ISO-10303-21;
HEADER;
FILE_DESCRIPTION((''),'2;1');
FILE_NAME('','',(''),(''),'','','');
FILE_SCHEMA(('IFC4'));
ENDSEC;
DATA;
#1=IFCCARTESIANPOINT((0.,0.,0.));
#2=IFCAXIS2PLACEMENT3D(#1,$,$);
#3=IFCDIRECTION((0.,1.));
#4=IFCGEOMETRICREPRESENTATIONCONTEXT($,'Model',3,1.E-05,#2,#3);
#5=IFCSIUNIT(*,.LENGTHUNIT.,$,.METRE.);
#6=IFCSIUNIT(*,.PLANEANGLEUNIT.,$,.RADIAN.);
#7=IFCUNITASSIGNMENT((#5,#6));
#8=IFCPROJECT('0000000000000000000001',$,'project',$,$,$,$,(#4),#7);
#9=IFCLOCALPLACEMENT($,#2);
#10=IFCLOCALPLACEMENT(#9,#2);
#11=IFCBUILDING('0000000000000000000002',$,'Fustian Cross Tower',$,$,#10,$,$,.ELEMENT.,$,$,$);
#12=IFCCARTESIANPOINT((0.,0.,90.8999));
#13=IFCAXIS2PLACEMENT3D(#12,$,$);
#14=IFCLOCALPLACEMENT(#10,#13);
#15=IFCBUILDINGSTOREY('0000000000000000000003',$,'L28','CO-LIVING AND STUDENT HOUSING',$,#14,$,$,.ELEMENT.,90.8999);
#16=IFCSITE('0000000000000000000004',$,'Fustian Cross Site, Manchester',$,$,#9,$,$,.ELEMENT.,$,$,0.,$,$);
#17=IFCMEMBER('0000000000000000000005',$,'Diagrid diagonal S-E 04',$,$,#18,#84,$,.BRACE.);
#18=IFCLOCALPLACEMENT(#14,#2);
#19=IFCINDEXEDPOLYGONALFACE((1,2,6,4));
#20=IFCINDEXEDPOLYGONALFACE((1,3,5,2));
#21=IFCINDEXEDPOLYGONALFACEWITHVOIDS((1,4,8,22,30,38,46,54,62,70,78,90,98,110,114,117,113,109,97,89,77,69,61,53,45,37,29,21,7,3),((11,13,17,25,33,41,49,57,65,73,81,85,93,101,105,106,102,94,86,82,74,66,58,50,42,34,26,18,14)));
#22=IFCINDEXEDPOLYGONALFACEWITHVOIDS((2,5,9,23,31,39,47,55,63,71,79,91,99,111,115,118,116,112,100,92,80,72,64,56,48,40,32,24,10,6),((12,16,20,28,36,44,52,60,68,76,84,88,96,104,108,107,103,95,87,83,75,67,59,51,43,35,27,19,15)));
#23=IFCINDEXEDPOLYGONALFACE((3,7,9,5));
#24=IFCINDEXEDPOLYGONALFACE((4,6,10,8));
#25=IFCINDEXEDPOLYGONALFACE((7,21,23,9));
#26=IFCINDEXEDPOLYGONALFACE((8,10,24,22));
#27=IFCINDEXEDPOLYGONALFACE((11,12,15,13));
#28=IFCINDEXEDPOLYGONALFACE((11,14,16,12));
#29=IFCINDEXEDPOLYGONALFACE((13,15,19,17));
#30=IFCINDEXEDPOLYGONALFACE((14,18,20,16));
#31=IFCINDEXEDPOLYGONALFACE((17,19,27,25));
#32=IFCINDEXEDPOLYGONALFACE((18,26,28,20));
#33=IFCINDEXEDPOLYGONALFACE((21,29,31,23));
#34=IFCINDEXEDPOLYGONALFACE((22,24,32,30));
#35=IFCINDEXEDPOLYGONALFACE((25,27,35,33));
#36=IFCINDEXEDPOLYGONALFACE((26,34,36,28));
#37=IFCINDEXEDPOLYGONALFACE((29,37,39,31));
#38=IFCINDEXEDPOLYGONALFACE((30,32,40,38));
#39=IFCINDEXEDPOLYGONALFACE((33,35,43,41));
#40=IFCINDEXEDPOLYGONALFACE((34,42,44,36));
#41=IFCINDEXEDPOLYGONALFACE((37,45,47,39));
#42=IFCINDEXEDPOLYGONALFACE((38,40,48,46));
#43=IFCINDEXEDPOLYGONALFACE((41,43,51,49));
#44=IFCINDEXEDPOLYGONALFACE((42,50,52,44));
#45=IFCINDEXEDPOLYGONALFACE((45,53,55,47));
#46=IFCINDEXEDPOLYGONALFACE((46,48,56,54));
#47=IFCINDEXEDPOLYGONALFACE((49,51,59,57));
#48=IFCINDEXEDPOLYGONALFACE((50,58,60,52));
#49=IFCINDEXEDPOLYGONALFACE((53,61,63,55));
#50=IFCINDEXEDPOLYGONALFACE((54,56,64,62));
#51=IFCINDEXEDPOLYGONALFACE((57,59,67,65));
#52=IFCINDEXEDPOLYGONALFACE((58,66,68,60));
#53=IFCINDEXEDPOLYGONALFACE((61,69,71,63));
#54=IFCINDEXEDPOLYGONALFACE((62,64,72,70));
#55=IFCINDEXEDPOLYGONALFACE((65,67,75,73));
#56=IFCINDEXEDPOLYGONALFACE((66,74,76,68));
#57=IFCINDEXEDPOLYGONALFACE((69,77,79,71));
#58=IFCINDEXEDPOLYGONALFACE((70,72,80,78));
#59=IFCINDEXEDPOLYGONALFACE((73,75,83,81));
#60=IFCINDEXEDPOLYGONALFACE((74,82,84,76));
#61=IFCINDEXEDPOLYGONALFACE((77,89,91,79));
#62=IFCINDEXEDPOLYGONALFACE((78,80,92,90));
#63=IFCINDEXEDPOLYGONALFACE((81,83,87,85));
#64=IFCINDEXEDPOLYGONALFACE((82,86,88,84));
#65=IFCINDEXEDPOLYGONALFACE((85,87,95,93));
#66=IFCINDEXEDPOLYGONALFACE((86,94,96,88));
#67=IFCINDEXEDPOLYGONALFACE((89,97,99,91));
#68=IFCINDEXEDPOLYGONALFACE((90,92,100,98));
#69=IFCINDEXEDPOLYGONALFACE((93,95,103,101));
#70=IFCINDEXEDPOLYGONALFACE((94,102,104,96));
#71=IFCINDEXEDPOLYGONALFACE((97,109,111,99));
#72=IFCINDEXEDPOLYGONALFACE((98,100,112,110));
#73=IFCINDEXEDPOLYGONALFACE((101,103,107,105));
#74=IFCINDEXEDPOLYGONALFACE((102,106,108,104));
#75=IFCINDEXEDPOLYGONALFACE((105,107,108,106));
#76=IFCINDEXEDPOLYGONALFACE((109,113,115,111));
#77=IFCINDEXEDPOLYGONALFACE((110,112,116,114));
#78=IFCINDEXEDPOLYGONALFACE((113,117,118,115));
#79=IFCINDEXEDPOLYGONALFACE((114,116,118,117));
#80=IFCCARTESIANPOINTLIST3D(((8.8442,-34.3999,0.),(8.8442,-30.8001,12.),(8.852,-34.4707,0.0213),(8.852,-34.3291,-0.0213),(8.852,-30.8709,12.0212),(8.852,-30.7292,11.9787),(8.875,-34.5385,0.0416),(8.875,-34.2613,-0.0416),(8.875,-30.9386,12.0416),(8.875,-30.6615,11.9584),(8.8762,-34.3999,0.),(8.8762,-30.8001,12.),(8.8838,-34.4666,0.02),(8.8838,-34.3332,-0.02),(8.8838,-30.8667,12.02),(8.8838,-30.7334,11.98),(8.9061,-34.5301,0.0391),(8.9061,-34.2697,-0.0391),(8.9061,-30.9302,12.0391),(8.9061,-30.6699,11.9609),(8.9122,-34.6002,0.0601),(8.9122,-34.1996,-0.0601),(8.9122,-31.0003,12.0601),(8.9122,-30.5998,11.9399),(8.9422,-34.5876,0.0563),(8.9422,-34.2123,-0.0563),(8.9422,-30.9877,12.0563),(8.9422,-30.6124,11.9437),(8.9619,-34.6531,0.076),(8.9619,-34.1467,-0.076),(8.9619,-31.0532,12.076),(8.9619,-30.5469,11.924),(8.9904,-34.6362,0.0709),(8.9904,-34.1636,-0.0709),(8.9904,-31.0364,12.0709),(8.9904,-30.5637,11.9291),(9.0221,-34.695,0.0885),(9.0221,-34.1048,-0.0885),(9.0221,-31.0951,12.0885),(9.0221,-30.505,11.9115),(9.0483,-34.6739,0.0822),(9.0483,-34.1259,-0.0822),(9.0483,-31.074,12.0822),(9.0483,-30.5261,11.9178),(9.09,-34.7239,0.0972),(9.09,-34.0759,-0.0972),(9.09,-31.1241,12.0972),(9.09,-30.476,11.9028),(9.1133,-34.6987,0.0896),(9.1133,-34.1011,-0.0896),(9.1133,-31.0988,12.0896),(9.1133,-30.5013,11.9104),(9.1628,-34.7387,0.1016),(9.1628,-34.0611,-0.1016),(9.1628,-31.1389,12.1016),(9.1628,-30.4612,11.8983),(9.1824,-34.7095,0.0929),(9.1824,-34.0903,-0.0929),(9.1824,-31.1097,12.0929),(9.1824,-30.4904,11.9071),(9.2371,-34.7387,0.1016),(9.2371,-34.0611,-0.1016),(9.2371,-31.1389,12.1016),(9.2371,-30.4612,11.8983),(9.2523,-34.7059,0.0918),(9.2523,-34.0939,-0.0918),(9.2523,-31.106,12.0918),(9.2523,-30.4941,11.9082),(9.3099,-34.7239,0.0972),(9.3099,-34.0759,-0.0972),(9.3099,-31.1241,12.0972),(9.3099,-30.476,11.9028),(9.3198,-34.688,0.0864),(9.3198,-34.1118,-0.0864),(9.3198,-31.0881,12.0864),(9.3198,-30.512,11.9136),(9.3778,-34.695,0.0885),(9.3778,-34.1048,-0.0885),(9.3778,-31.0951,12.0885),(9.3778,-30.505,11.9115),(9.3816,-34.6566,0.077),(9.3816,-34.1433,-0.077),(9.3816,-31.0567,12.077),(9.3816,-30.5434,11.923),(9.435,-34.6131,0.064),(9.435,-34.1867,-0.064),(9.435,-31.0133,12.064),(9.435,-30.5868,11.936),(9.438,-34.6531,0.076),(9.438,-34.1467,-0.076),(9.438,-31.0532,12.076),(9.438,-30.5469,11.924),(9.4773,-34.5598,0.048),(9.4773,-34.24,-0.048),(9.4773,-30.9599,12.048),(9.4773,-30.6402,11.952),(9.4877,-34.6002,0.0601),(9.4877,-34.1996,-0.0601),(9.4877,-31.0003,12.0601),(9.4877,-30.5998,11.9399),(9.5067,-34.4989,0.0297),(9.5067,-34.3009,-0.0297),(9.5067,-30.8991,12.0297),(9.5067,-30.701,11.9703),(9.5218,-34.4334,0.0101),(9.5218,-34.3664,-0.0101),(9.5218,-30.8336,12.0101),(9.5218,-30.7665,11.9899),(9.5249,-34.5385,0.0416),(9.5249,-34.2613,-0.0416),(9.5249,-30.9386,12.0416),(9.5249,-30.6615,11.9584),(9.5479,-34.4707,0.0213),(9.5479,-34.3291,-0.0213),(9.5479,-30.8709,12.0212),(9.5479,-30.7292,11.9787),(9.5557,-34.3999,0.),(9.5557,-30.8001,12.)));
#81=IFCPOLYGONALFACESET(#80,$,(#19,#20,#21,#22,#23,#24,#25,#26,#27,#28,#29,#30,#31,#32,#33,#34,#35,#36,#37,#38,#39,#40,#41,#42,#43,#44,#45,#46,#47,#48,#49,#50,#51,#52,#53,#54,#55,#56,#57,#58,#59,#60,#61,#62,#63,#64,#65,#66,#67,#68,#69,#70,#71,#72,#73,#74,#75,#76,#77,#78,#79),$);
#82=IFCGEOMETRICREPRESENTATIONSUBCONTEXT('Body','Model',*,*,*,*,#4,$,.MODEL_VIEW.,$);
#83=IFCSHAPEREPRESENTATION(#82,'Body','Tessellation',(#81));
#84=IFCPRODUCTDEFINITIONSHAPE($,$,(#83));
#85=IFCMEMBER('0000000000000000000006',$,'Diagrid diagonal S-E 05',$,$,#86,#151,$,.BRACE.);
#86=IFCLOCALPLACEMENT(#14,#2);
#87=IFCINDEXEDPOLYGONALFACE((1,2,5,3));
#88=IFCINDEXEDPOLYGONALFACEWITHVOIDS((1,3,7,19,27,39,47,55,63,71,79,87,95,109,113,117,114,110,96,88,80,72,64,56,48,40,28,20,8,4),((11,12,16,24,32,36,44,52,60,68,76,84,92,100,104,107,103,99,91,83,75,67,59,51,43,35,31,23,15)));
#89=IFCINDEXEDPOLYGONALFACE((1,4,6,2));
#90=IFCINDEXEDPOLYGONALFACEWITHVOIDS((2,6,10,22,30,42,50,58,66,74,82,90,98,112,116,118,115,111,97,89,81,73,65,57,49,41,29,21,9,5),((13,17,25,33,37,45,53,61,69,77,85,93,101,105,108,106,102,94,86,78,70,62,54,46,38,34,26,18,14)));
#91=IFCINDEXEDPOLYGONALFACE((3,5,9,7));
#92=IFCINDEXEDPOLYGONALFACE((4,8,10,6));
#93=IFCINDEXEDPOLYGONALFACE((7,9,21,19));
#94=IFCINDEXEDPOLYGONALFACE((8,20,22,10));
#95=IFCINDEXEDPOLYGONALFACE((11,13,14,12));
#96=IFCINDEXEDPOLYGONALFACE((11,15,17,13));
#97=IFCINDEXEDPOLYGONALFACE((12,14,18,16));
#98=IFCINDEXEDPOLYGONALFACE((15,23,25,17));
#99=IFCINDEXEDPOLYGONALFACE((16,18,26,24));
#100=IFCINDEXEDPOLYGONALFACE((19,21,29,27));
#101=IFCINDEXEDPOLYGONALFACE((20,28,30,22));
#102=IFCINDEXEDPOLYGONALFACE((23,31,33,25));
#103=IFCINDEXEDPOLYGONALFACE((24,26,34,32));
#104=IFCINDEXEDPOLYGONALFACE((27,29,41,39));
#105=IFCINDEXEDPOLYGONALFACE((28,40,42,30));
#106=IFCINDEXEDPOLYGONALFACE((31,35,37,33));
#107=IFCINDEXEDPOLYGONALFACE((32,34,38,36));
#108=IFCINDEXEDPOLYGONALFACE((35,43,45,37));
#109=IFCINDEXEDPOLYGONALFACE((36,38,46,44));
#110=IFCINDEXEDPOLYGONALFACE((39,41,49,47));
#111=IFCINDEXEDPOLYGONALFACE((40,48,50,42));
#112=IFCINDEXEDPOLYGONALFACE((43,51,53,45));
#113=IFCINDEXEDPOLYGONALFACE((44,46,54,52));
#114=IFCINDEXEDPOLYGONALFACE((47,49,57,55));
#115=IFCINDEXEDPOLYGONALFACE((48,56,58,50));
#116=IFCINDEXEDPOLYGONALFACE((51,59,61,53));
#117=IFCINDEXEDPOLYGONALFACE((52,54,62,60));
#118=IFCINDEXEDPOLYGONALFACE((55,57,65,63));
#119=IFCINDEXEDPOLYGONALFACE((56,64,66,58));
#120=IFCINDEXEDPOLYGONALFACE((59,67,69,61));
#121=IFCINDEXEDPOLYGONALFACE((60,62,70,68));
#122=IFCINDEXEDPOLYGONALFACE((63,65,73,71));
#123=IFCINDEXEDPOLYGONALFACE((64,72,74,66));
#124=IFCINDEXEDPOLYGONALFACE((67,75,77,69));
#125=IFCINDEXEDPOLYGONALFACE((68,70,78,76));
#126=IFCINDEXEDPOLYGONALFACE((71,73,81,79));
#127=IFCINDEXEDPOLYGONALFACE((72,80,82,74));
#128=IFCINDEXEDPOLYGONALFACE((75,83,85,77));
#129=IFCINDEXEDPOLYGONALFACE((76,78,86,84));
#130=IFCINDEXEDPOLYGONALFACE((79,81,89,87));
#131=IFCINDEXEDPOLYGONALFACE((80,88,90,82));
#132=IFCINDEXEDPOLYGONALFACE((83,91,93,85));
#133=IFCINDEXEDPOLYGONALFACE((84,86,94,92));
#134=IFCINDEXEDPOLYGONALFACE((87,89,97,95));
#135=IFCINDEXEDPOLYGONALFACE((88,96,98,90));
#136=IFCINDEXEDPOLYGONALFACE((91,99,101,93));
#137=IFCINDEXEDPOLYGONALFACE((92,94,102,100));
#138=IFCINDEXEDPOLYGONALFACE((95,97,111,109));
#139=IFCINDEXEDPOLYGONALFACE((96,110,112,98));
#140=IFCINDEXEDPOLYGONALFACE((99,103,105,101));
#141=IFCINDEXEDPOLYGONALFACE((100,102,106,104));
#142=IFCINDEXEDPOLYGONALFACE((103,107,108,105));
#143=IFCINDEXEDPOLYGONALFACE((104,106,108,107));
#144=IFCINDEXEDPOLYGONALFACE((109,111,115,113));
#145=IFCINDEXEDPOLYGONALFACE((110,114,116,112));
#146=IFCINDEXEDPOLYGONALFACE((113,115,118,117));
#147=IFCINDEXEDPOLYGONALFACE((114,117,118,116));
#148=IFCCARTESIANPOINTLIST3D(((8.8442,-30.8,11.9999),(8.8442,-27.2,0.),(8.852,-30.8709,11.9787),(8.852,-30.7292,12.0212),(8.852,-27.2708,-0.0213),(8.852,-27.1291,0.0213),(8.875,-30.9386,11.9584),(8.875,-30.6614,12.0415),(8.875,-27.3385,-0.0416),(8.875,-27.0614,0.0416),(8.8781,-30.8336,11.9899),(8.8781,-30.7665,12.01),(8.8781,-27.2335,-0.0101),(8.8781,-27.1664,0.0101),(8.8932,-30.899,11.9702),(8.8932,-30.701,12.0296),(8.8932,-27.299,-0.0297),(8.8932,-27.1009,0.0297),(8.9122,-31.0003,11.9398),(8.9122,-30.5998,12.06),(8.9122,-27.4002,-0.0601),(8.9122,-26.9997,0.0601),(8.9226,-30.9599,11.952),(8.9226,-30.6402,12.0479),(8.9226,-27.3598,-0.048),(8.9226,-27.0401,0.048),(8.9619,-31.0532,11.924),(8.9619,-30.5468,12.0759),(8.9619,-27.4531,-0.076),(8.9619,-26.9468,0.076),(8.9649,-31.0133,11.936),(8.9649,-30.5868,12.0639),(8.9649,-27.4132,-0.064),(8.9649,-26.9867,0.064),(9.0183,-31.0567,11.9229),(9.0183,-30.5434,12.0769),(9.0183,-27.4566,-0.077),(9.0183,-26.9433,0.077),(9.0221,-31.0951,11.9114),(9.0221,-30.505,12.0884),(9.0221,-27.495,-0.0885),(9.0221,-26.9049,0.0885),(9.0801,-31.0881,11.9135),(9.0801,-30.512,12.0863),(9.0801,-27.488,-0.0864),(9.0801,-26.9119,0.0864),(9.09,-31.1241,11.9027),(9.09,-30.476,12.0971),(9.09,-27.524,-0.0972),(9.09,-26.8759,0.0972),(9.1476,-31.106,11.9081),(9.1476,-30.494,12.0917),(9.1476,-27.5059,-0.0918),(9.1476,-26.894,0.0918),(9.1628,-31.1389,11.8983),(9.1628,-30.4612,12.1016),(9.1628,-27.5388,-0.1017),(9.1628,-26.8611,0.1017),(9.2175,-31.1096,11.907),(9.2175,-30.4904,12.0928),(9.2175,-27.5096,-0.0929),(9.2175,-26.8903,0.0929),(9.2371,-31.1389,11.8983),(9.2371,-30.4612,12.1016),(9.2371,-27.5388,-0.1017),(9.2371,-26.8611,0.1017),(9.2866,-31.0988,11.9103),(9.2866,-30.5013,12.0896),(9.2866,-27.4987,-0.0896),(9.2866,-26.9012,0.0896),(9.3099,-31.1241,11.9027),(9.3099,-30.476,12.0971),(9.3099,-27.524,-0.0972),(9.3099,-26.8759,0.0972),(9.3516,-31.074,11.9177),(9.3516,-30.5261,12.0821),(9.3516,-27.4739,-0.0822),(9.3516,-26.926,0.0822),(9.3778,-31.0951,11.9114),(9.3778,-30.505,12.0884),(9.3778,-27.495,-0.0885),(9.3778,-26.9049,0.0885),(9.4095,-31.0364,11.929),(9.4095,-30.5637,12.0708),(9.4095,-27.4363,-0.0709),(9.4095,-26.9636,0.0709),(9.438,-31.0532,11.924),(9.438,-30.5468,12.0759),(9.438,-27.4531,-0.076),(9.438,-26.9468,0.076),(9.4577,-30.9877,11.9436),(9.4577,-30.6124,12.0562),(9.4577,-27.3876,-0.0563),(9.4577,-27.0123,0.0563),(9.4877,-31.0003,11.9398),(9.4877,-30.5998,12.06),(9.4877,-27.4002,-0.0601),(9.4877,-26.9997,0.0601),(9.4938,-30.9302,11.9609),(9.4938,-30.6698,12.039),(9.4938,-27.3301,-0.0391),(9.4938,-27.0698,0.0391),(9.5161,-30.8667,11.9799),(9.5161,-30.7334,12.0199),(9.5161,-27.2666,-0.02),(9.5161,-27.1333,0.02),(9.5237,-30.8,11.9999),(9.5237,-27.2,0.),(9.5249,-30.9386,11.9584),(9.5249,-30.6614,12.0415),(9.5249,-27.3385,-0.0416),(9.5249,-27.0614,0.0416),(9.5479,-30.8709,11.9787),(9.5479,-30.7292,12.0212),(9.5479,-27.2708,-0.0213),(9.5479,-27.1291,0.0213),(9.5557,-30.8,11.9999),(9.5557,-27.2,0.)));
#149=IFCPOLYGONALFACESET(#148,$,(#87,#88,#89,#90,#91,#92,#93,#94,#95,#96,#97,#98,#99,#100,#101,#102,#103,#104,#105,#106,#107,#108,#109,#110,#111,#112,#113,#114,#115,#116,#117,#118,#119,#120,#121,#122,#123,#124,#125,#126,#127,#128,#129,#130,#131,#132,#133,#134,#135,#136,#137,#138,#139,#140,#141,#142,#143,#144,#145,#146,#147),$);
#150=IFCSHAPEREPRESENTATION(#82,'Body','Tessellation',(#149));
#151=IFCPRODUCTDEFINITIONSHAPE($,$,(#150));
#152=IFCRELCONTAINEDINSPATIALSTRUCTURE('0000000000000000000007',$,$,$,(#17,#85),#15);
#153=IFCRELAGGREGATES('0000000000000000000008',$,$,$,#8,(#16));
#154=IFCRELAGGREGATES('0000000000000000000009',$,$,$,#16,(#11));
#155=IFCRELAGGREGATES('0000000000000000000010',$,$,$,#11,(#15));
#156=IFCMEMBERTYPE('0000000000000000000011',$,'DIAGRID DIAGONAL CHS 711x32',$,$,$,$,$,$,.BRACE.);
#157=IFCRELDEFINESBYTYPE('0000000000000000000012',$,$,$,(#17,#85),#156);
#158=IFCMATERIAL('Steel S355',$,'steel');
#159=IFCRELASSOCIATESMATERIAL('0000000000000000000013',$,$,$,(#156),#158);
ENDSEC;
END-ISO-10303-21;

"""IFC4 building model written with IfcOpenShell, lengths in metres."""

from ifc_helpers import new_model, si_unit, direction, frame, origin, origin_2d, place, context, subcontext, project, spatial, hollow_circle, extrude, material, material_profile, profile_set, type_object, element, save


model = new_model("IFC4")

# Units and contexts
model_context = context("Model", 3, precision=1e-05, world=origin(), true_north=direction((0.0, 1.0)))
body_context = subcontext(model_context, "Body", "Model", "MODEL_VIEW")
ifc_project = project(units=[si_unit("LENGTHUNIT", "METRE"), si_unit("PLANEANGLEUNIT", "RADIAN")], contexts=[model_context])

# Site, building, storey
site_placement = place(None, origin())
site = spatial("IfcSite", under=ifc_project, at=site_placement, Name="Fustian Cross Site, Manchester", CompositionType="ELEMENT", RefElevation=0.0)
building_placement = place(site_placement, origin())
building = spatial("IfcBuilding", under=site, at=building_placement, Name="Fustian Cross Tower", CompositionType="ELEMENT")
storey_placement = place(building_placement, frame((0.0, 0.0, 90.8999)))
storey = spatial("IfcBuildingStorey", under=building, at=storey_placement, Name="L28", Description="CO-LIVING AND STUDENT HOUSING", CompositionType="ELEMENT", Elevation=90.8999)

# Members
ifc_material_1 = material(Name="Steel S355", Category="steel")
ifc_material_profile_1 = material_profile(ifc_material_1, hollow_circle(Radius=0.3557, WallThickness=0.032, at=origin_2d()), Name="CHS 711x32")
ifc_profile_set_1 = profile_set([ifc_material_profile_1], Name="Steel S355")
member_type_1 = type_object("IfcMemberType", Name="DIAGRID DIAGONAL CHS 711x32", PredefinedType="BRACE", material=ifc_profile_set_1)
for number, where, z_axis, x_axis, name in (
    (1, (9.2, -34.3999, 0.0), (0.0, 0.287337, 0.95783), (-1.0, 0.0, 0.0), "Diagrid diagonal S-E 04"),
    (2, (9.2, -27.2, 0.0), (0.0, -0.287355, 0.957824), (1.0, 0.0, 0.0), "Diagrid diagonal S-E 05"),
):
    element("IfcMember", number, at=place(storey_placement, frame(where, z_axis=z_axis, x_axis=x_axis)), inside=storey, type_object=member_type_1, Name=name, PredefinedType="BRACE", context=body_context, shape_type="SweptSolid", body=[
        extrude(hollow_circle(Radius=0.3557, WallThickness=0.032, at=origin_2d()), origin(), (0.0, 0.0, 1.0), 12.5283),
    ])

save(model, "model.ifc")
